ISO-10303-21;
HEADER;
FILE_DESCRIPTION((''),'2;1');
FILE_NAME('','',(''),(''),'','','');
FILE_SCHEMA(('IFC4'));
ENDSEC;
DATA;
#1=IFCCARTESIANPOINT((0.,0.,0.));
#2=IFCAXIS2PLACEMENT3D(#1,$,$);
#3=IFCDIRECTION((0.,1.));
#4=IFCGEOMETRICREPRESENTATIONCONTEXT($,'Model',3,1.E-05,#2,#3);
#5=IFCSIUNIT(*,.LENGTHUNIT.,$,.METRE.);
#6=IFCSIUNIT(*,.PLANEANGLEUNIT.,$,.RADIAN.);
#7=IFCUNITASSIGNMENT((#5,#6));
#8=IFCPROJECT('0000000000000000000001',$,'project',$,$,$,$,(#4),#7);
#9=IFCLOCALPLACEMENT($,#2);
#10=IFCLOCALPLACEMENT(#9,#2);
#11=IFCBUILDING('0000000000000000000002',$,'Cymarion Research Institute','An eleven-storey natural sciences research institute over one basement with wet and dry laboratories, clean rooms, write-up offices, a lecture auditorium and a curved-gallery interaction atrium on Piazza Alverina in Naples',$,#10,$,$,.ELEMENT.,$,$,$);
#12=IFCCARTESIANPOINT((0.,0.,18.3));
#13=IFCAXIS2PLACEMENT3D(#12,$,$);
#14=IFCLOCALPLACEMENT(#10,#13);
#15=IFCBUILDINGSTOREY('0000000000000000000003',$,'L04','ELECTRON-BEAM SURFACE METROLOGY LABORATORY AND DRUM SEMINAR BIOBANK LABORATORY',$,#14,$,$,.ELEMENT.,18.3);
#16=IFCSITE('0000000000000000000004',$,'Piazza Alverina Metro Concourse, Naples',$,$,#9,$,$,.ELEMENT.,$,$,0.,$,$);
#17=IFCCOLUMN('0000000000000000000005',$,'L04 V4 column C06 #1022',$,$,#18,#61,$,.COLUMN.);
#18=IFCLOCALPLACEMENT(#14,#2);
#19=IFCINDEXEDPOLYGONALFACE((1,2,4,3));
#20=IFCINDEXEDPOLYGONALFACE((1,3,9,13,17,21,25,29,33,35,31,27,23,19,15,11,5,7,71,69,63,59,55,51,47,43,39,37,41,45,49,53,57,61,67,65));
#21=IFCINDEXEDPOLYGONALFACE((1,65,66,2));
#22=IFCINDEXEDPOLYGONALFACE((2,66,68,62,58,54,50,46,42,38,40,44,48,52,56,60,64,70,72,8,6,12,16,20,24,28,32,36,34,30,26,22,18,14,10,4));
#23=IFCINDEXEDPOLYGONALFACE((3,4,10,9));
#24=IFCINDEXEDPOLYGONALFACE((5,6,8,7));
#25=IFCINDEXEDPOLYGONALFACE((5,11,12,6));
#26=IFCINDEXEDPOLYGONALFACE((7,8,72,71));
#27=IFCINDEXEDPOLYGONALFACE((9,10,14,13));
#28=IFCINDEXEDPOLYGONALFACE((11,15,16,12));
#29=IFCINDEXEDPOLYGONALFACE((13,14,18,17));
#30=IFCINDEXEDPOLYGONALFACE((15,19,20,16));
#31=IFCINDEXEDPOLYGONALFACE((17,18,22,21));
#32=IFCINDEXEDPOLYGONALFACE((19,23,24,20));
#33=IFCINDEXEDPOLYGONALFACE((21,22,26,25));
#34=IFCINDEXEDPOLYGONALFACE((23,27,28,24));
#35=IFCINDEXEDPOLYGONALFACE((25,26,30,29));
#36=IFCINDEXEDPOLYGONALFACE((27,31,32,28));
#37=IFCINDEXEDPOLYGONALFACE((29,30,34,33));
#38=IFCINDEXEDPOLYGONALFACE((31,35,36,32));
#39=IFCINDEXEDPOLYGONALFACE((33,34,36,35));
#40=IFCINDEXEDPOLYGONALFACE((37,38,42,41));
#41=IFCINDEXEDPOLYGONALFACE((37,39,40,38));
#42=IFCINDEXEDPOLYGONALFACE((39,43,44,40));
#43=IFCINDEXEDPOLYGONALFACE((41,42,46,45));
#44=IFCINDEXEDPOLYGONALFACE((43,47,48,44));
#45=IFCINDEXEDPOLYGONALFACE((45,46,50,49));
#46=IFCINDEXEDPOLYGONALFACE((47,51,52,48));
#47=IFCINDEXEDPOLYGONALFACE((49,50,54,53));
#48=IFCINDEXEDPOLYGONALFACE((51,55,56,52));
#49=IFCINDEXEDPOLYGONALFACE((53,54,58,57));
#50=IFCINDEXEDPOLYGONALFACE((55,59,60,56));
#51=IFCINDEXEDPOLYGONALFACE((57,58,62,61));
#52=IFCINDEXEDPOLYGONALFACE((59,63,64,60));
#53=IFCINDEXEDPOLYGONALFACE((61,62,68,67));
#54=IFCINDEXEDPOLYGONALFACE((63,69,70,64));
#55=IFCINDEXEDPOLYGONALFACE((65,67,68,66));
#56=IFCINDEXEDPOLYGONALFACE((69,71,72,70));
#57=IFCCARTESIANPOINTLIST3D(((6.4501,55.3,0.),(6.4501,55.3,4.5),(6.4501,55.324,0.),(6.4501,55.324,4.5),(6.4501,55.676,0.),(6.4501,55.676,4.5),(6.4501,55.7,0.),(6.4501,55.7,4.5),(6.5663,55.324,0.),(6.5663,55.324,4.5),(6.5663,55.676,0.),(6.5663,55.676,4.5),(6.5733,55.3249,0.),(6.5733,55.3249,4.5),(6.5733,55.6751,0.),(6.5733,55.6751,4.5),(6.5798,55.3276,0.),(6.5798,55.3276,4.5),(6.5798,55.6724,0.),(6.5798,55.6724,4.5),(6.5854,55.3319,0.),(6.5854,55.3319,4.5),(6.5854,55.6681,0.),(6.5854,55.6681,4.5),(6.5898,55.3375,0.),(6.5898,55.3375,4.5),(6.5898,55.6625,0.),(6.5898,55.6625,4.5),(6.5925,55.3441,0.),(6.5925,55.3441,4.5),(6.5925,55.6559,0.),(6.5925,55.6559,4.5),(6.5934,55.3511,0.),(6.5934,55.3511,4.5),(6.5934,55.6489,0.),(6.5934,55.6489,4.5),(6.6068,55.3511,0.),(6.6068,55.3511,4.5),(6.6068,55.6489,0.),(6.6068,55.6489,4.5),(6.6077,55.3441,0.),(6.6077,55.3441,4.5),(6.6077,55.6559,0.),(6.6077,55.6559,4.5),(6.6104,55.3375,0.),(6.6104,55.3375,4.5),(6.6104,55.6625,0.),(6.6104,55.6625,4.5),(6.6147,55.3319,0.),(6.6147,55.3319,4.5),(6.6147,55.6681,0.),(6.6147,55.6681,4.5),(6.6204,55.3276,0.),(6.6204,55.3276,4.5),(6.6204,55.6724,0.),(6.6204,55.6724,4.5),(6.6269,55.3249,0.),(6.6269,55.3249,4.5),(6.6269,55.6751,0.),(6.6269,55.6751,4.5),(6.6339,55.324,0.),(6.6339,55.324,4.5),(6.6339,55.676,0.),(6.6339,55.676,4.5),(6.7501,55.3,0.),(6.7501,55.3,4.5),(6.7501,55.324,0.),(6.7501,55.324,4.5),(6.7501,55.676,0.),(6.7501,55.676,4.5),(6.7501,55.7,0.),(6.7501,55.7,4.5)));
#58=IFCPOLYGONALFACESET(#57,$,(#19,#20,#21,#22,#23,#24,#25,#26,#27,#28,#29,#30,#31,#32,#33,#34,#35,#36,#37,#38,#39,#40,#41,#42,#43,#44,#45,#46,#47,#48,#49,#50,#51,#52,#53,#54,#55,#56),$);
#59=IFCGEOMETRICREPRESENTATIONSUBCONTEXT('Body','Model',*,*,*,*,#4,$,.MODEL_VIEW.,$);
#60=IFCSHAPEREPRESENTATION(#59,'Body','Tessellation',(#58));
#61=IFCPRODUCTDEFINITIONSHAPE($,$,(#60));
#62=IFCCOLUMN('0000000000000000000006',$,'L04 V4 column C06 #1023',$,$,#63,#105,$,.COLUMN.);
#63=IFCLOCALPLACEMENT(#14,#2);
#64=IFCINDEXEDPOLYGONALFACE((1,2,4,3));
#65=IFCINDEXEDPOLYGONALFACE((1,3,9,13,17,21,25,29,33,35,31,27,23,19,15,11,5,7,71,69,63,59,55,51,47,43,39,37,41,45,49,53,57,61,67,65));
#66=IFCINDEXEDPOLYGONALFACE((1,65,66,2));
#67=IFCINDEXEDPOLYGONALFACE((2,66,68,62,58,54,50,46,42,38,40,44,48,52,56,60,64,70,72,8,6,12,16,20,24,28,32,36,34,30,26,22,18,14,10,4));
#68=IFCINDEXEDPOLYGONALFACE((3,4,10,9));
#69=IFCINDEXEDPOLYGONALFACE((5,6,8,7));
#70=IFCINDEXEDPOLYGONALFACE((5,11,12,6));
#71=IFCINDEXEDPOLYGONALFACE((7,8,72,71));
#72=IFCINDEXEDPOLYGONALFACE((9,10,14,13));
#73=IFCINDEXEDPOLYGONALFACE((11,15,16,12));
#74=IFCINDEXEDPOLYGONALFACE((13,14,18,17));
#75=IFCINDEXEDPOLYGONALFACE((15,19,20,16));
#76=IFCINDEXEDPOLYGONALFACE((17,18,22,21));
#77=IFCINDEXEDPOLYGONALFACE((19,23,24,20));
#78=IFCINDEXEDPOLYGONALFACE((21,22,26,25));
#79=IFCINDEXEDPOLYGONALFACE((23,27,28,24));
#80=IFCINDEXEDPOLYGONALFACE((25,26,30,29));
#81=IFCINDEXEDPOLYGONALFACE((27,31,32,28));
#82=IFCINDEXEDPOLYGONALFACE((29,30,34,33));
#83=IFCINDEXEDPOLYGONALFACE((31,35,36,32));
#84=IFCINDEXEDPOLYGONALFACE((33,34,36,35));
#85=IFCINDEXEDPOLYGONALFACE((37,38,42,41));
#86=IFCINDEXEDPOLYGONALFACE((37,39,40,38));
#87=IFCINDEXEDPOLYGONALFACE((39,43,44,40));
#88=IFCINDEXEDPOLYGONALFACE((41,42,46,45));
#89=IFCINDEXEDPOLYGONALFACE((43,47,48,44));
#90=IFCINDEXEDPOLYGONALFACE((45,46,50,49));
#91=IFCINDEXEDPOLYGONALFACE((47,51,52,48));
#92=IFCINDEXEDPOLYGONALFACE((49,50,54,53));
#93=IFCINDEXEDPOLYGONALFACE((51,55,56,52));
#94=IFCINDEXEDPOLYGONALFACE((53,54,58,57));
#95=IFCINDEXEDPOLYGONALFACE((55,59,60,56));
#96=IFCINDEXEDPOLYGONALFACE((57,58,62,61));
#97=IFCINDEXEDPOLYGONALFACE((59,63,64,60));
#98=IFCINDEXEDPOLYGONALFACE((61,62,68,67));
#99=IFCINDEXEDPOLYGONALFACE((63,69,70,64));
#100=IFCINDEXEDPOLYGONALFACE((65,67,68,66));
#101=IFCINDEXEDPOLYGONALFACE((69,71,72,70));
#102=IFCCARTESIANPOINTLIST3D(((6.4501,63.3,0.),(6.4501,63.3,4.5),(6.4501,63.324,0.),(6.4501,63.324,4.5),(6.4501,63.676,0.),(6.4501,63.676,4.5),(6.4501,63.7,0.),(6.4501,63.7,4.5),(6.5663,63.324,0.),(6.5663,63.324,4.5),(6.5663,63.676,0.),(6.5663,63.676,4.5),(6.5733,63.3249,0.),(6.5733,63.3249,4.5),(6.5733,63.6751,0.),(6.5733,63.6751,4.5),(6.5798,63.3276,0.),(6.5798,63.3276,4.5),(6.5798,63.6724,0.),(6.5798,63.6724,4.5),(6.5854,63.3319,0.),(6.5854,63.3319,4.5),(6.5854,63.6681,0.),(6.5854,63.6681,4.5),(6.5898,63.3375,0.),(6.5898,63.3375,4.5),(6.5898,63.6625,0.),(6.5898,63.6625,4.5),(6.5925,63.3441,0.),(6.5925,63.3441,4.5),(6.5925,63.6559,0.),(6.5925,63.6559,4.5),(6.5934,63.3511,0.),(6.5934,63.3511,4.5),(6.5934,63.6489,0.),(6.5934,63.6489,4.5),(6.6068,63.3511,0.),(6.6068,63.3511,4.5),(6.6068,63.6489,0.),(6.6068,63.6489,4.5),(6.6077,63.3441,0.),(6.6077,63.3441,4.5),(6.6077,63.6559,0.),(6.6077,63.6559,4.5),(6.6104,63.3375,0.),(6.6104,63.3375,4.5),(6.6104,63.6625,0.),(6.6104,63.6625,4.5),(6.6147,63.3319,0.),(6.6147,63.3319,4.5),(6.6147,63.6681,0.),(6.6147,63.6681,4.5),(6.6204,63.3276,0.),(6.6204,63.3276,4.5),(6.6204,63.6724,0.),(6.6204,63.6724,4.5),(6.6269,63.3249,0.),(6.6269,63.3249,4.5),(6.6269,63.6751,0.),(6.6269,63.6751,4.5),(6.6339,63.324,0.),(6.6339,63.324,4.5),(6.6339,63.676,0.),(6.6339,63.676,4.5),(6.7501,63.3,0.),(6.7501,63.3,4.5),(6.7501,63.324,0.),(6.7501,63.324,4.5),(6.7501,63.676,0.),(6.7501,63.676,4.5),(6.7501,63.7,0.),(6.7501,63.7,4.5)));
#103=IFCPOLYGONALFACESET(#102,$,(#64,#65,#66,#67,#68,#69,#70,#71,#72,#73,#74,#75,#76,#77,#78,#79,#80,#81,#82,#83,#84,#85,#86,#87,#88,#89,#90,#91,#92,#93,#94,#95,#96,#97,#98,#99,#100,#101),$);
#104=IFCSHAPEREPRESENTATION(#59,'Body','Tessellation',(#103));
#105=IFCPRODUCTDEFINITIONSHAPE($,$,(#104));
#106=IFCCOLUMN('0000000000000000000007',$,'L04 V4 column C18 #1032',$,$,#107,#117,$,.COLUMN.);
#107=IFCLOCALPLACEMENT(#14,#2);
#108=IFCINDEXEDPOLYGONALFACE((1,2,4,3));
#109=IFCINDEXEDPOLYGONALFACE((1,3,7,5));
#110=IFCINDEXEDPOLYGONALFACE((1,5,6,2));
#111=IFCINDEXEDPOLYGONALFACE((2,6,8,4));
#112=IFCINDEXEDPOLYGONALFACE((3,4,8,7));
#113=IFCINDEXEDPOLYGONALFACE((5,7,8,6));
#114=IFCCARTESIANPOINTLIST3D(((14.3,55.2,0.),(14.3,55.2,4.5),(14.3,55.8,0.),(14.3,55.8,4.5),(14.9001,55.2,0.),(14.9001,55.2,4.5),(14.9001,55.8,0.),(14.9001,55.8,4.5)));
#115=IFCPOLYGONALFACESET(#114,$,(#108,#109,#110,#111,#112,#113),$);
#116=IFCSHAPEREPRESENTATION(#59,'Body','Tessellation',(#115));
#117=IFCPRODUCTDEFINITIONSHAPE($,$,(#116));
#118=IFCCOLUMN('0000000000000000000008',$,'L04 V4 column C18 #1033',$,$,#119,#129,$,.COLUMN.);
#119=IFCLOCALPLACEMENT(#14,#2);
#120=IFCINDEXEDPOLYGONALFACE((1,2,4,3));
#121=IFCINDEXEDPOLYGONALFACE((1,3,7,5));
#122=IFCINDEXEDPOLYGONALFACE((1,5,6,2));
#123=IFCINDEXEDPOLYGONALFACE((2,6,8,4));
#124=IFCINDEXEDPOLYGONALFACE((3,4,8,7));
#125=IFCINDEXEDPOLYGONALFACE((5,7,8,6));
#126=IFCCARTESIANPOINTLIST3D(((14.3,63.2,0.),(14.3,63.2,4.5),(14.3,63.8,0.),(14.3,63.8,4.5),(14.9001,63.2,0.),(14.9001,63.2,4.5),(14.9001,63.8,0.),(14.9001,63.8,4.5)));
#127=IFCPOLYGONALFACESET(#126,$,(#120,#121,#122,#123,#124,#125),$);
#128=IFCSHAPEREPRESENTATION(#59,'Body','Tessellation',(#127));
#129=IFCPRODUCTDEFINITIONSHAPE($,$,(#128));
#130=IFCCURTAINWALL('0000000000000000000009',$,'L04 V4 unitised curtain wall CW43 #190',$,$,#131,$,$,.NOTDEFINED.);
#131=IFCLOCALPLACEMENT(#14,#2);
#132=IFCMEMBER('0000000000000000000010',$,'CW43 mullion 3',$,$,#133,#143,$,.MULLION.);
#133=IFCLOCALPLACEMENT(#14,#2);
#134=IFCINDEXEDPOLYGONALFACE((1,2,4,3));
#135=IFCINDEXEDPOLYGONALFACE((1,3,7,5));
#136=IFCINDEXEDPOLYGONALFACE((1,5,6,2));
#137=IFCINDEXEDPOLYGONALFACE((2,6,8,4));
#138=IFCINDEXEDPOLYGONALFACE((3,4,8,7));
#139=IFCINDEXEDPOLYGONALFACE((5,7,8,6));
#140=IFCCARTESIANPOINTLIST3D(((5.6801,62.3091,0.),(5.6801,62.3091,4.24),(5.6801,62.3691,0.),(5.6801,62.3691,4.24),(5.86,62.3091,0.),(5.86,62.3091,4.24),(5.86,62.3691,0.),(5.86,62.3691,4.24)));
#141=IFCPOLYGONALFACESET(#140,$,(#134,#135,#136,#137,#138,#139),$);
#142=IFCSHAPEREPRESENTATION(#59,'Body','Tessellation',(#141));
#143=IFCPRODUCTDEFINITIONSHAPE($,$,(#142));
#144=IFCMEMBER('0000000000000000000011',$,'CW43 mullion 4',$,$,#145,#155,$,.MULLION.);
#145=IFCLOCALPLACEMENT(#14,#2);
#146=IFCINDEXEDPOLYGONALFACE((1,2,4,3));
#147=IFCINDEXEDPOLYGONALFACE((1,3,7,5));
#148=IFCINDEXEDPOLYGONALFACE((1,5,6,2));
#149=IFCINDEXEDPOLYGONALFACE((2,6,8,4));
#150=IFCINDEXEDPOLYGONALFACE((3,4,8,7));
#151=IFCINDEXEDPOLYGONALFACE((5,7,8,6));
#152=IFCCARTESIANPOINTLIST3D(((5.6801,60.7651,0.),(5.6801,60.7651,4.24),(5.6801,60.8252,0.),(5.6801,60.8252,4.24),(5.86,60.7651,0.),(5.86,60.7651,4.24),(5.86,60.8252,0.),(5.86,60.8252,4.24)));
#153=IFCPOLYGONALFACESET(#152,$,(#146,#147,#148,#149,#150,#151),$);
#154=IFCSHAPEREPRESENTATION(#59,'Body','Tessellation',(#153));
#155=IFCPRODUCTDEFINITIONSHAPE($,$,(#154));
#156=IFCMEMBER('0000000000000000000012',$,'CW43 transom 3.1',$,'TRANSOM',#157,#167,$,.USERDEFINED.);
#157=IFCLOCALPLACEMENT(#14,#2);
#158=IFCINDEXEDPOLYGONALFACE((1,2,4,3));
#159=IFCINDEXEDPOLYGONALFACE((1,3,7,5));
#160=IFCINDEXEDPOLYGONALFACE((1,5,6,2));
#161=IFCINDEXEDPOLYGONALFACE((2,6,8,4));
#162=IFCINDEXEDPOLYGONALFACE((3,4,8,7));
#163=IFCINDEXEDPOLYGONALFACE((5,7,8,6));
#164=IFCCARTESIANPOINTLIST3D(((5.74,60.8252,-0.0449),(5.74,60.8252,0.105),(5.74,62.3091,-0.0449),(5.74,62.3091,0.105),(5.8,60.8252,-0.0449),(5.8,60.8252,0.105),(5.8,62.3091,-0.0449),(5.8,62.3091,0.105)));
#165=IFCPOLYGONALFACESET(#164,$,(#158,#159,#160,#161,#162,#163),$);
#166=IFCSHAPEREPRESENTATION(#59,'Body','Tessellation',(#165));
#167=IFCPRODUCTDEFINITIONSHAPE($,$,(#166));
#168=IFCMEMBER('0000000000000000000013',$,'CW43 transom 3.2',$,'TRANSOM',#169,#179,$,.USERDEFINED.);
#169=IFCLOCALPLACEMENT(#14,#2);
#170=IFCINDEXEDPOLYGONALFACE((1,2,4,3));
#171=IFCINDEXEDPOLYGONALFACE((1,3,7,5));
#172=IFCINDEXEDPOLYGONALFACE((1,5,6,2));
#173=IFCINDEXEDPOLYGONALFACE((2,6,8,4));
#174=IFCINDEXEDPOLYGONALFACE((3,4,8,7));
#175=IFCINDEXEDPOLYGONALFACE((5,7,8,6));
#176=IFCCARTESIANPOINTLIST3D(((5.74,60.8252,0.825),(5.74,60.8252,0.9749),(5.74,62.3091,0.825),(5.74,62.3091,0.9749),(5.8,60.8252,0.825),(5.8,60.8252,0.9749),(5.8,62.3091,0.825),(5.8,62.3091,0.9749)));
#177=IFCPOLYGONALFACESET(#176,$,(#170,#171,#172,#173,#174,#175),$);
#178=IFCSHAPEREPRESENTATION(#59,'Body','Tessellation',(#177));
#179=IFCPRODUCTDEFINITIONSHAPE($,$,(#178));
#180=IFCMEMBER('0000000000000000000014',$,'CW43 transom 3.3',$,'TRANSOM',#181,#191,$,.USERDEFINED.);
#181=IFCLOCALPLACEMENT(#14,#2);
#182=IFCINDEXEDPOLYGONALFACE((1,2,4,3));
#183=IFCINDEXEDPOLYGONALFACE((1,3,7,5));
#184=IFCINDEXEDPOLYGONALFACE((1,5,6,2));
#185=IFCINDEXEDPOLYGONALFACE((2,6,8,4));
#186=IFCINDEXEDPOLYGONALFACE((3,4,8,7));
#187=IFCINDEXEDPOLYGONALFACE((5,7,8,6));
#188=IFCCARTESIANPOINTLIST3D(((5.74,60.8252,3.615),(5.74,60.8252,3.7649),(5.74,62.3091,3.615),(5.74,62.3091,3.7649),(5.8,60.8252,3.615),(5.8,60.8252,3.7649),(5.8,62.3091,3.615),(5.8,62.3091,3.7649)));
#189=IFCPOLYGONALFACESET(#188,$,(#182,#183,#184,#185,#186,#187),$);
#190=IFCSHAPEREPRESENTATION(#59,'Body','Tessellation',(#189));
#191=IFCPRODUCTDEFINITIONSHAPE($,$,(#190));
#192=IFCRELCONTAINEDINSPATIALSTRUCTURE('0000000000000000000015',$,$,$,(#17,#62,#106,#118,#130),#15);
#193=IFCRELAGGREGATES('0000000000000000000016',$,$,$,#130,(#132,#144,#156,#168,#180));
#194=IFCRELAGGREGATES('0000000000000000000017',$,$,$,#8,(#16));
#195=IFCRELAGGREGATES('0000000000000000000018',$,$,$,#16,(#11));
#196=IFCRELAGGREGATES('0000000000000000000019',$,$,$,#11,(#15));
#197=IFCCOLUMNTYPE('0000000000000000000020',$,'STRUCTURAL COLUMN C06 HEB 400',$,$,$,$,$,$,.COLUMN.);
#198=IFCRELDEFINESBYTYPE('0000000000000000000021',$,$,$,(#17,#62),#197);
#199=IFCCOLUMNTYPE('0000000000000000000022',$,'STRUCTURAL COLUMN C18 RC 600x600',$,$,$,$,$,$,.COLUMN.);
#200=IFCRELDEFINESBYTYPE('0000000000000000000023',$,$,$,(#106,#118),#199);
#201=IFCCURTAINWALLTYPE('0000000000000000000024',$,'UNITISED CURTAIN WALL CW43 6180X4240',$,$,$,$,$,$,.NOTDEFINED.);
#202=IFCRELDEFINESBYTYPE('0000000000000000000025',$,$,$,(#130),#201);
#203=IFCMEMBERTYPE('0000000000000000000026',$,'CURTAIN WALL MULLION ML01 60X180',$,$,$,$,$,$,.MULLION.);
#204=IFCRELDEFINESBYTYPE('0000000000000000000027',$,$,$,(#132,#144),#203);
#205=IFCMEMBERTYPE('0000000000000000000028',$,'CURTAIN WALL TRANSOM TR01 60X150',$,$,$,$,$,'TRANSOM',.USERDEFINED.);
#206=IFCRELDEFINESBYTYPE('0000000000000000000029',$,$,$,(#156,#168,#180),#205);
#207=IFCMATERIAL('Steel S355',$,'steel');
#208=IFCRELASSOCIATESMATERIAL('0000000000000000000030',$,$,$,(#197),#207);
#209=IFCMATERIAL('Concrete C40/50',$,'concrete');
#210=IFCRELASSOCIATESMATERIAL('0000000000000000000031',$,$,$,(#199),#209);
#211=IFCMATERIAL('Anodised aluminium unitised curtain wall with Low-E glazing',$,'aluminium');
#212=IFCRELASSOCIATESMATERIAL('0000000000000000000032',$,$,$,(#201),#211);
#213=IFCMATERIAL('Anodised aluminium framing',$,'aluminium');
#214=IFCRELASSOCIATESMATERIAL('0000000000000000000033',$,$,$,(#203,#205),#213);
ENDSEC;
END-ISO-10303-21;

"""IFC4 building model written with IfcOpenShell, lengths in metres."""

from ifc_helpers import new_model, si_unit, direction, frame, origin, origin_2d, place, context, subcontext, project, spatial, rectangle, i_section, extrude, material, material_profile, profile_set, type_object, element, aggregate, save


model = new_model("IFC4")

# Units and contexts
model_context = context("Model", 3, precision=1e-05, world=origin(), true_north=direction((0.0, 1.0)))
body_context = subcontext(model_context, "Body", "Model", "MODEL_VIEW")
ifc_project = project(units=[si_unit("LENGTHUNIT", "METRE"), si_unit("PLANEANGLEUNIT", "RADIAN")], contexts=[model_context])

# Site, building, storey
site_placement = place(None, origin())
site = spatial("IfcSite", under=ifc_project, at=site_placement, Name="Piazza Alverina Metro Concourse, Naples", CompositionType="ELEMENT", RefElevation=0.0)
building_placement = place(site_placement, origin())
building = spatial("IfcBuilding", under=site, at=building_placement, Name="Cymarion Research Institute", Description="An eleven-storey natural sciences research institute over one basement with wet and dry laboratories, clean rooms, write-up offices, a lecture auditorium and a curved-gallery interaction atrium on Piazza Alverina in Naples", CompositionType="ELEMENT")
storey_placement = place(building_placement, frame((0.0, 0.0, 18.3)))
storey = spatial("IfcBuildingStorey", under=building, at=storey_placement, Name="L04", Description="ELECTRON-BEAM SURFACE METROLOGY LABORATORY AND DRUM SEMINAR BIOBANK LABORATORY", CompositionType="ELEMENT", Elevation=18.3)

# Columns
ifc_material_1 = material(Name="Steel S355", Category="steel")
ifc_material_profile_1 = material_profile(ifc_material_1, i_section(OverallWidth=0.3, OverallDepth=0.3999, WebThickness=0.0134, FlangeThickness=0.0239, FilletRadius=0.0271, at=origin_2d()), Name="HEB 400")
ifc_profile_set_1 = profile_set([ifc_material_profile_1], Name="Steel S355")
column_type_1 = type_object("IfcColumnType", Name="STRUCTURAL COLUMN C06 HEB 400", PredefinedType="COLUMN", material=ifc_profile_set_1)
for number, where, z_axis, x_axis, name in (
    (1, (6.6001, 55.5, 0.0), (0.0, 0.0, 1.0), (1.0, 0.0, 0.0), "L04 V4 column C06 #1022"),
    (2, (6.6001, 63.5, 0.0), (0.0, 0.0, 1.0), (1.0, 0.0, 0.0), "L04 V4 column C06 #1023"),
):
    element("IfcColumn", number, at=place(storey_placement, frame(where, z_axis=z_axis, x_axis=x_axis)), inside=storey, type_object=column_type_1, Name=name, PredefinedType="COLUMN", context=body_context, shape_type="SweptSolid", body=[
        extrude(i_section(OverallWidth=0.3, OverallDepth=0.3999, WebThickness=0.0134, FlangeThickness=0.0239, FilletRadius=0.0271, at=origin_2d()), origin(), (0.0, 0.0, 1.0), 4.5),
    ])
ifc_material_2 = material(Name="Concrete C40/50", Category="concrete")
ifc_material_profile_2 = material_profile(ifc_material_2, rectangle(XDim=0.6001, YDim=0.6001, at=origin_2d()), Name="RC 600x600")
ifc_profile_set_2 = profile_set([ifc_material_profile_2], Name="Concrete C40/50")
column_type_2 = type_object("IfcColumnType", Name="STRUCTURAL COLUMN C18 RC 600x600", PredefinedType="COLUMN", material=ifc_profile_set_2)
for number, where, z_axis, x_axis, name in (
    (3, (14.6001, 55.5, 0.0), (0.0, 0.0, 1.0), (1.0, 0.0, 0.0), "L04 V4 column C18 #1032"),
    (4, (14.6001, 63.5, 0.0), (0.0, 0.0, 1.0), (1.0, 0.0, 0.0), "L04 V4 column C18 #1033"),
):
    element("IfcColumn", number, at=place(storey_placement, frame(where, z_axis=z_axis, x_axis=x_axis)), inside=storey, type_object=column_type_2, Name=name, PredefinedType="COLUMN", context=body_context, shape_type="SweptSolid", body=[
        extrude(rectangle(XDim=0.6001, YDim=0.6001, at=origin_2d()), origin(), (0.0, 0.0, 1.0), 4.5),
    ])

# Curtain wall, members
ifc_material_3 = material(Name="Anodised aluminium unitised curtain wall with Low-E glazing", Category="aluminium")
curtain_wall_type = type_object("IfcCurtainWallType", Name="UNITISED CURTAIN WALL CW43 6180X4240", PredefinedType="NOTDEFINED", material=ifc_material_3)
curtain_wall_placement = place(storey_placement, origin())
curtain_wall = element("IfcCurtainWall", 5, at=curtain_wall_placement, inside=storey, type_object=curtain_wall_type, Name="L04 V4 unitised curtain wall CW43 #190", PredefinedType="NOTDEFINED")
ifc_material_4 = material(Name="Anodised aluminium framing", Category="aluminium")
ifc_material_profile_3 = material_profile(ifc_material_4, rectangle(XDim=0.0601, YDim=0.1799, at=origin_2d()), Name="ALU MULLION 60x180")
ifc_profile_set_3 = profile_set([ifc_material_profile_3], Name="Anodised aluminium framing")
member_type_1 = type_object("IfcMemberType", Name="CURTAIN WALL MULLION ML01 60X180", PredefinedType="MULLION", material=ifc_profile_set_3)
member_1_placement = place(storey_placement, frame((5.77, 62.3391, 0.0), z_axis=(0.0, 0.0, 1.0), x_axis=(0.0, -1.0, 0.0)))
member_1 = element("IfcMember", 6, at=member_1_placement, type_object=member_type_1, Name="CW43 mullion 3", PredefinedType="MULLION", context=body_context, shape_type="SweptSolid", body=[
    extrude(rectangle(XDim=0.0601, YDim=0.1799, at=origin_2d()), origin(), (0.0, 0.0, 1.0), 4.24),
])
member_2_placement = place(storey_placement, frame((5.77, 60.7952, 0.0), z_axis=(0.0, 0.0, 1.0), x_axis=(0.0, -1.0, 0.0)))
member_2 = element("IfcMember", 7, at=member_2_placement, type_object=member_type_1, Name="CW43 mullion 4", PredefinedType="MULLION", context=body_context, shape_type="SweptSolid", body=[
    extrude(rectangle(XDim=0.0601, YDim=0.1799, at=origin_2d()), origin(), (0.0, 0.0, 1.0), 4.24),
])
ifc_material_profile_4 = material_profile(ifc_material_4, rectangle(XDim=0.0601, YDim=0.1499, at=origin_2d()), Name="ALU TRANSOM 60x150")
ifc_profile_set_4 = profile_set([ifc_material_profile_4], Name="Anodised aluminium framing")
member_type_2 = type_object("IfcMemberType", Name="CURTAIN WALL TRANSOM TR01 60X150", ElementType="TRANSOM", PredefinedType="USERDEFINED", material=ifc_profile_set_4)
member_3_placement = place(storey_placement, frame((5.77, 62.3091, 0.03), z_axis=(0.0, -1.0, 0.0), x_axis=(1.0, 0.0, 0.0)))
member_3 = element("IfcMember", 8, at=member_3_placement, type_object=member_type_2, Name="CW43 transom 3.1", ObjectType="TRANSOM", PredefinedType="USERDEFINED", context=body_context, shape_type="SweptSolid", body=[
    extrude(rectangle(XDim=0.0601, YDim=0.1499, at=origin_2d()), origin(), (0.0, 0.0, 1.0), 1.4839),
])
member_4_placement = place(storey_placement, frame((5.77, 62.3091, 0.8999), z_axis=(0.0, -1.0, 0.0), x_axis=(1.0, 0.0, 0.0)))
member_4 = element("IfcMember", 9, at=member_4_placement, type_object=member_type_2, Name="CW43 transom 3.2", ObjectType="TRANSOM", PredefinedType="USERDEFINED", context=body_context, shape_type="SweptSolid", body=[
    extrude(rectangle(XDim=0.0601, YDim=0.1499, at=origin_2d()), origin(), (0.0, 0.0, 1.0), 1.4839),
])
member_5_placement = place(storey_placement, frame((5.77, 62.3091, 3.6899), z_axis=(0.0, -1.0, 0.0), x_axis=(1.0, 0.0, 0.0)))
member_5 = element("IfcMember", 10, at=member_5_placement, type_object=member_type_2, Name="CW43 transom 3.3", ObjectType="TRANSOM", PredefinedType="USERDEFINED", context=body_context, shape_type="SweptSolid", body=[
    extrude(rectangle(XDim=0.0601, YDim=0.1499, at=origin_2d()), origin(), (0.0, 0.0, 1.0), 1.4839),
])

aggregate(curtain_wall, [member_1, member_2, member_3, member_4, member_5])

save(model, "model.ifc")
